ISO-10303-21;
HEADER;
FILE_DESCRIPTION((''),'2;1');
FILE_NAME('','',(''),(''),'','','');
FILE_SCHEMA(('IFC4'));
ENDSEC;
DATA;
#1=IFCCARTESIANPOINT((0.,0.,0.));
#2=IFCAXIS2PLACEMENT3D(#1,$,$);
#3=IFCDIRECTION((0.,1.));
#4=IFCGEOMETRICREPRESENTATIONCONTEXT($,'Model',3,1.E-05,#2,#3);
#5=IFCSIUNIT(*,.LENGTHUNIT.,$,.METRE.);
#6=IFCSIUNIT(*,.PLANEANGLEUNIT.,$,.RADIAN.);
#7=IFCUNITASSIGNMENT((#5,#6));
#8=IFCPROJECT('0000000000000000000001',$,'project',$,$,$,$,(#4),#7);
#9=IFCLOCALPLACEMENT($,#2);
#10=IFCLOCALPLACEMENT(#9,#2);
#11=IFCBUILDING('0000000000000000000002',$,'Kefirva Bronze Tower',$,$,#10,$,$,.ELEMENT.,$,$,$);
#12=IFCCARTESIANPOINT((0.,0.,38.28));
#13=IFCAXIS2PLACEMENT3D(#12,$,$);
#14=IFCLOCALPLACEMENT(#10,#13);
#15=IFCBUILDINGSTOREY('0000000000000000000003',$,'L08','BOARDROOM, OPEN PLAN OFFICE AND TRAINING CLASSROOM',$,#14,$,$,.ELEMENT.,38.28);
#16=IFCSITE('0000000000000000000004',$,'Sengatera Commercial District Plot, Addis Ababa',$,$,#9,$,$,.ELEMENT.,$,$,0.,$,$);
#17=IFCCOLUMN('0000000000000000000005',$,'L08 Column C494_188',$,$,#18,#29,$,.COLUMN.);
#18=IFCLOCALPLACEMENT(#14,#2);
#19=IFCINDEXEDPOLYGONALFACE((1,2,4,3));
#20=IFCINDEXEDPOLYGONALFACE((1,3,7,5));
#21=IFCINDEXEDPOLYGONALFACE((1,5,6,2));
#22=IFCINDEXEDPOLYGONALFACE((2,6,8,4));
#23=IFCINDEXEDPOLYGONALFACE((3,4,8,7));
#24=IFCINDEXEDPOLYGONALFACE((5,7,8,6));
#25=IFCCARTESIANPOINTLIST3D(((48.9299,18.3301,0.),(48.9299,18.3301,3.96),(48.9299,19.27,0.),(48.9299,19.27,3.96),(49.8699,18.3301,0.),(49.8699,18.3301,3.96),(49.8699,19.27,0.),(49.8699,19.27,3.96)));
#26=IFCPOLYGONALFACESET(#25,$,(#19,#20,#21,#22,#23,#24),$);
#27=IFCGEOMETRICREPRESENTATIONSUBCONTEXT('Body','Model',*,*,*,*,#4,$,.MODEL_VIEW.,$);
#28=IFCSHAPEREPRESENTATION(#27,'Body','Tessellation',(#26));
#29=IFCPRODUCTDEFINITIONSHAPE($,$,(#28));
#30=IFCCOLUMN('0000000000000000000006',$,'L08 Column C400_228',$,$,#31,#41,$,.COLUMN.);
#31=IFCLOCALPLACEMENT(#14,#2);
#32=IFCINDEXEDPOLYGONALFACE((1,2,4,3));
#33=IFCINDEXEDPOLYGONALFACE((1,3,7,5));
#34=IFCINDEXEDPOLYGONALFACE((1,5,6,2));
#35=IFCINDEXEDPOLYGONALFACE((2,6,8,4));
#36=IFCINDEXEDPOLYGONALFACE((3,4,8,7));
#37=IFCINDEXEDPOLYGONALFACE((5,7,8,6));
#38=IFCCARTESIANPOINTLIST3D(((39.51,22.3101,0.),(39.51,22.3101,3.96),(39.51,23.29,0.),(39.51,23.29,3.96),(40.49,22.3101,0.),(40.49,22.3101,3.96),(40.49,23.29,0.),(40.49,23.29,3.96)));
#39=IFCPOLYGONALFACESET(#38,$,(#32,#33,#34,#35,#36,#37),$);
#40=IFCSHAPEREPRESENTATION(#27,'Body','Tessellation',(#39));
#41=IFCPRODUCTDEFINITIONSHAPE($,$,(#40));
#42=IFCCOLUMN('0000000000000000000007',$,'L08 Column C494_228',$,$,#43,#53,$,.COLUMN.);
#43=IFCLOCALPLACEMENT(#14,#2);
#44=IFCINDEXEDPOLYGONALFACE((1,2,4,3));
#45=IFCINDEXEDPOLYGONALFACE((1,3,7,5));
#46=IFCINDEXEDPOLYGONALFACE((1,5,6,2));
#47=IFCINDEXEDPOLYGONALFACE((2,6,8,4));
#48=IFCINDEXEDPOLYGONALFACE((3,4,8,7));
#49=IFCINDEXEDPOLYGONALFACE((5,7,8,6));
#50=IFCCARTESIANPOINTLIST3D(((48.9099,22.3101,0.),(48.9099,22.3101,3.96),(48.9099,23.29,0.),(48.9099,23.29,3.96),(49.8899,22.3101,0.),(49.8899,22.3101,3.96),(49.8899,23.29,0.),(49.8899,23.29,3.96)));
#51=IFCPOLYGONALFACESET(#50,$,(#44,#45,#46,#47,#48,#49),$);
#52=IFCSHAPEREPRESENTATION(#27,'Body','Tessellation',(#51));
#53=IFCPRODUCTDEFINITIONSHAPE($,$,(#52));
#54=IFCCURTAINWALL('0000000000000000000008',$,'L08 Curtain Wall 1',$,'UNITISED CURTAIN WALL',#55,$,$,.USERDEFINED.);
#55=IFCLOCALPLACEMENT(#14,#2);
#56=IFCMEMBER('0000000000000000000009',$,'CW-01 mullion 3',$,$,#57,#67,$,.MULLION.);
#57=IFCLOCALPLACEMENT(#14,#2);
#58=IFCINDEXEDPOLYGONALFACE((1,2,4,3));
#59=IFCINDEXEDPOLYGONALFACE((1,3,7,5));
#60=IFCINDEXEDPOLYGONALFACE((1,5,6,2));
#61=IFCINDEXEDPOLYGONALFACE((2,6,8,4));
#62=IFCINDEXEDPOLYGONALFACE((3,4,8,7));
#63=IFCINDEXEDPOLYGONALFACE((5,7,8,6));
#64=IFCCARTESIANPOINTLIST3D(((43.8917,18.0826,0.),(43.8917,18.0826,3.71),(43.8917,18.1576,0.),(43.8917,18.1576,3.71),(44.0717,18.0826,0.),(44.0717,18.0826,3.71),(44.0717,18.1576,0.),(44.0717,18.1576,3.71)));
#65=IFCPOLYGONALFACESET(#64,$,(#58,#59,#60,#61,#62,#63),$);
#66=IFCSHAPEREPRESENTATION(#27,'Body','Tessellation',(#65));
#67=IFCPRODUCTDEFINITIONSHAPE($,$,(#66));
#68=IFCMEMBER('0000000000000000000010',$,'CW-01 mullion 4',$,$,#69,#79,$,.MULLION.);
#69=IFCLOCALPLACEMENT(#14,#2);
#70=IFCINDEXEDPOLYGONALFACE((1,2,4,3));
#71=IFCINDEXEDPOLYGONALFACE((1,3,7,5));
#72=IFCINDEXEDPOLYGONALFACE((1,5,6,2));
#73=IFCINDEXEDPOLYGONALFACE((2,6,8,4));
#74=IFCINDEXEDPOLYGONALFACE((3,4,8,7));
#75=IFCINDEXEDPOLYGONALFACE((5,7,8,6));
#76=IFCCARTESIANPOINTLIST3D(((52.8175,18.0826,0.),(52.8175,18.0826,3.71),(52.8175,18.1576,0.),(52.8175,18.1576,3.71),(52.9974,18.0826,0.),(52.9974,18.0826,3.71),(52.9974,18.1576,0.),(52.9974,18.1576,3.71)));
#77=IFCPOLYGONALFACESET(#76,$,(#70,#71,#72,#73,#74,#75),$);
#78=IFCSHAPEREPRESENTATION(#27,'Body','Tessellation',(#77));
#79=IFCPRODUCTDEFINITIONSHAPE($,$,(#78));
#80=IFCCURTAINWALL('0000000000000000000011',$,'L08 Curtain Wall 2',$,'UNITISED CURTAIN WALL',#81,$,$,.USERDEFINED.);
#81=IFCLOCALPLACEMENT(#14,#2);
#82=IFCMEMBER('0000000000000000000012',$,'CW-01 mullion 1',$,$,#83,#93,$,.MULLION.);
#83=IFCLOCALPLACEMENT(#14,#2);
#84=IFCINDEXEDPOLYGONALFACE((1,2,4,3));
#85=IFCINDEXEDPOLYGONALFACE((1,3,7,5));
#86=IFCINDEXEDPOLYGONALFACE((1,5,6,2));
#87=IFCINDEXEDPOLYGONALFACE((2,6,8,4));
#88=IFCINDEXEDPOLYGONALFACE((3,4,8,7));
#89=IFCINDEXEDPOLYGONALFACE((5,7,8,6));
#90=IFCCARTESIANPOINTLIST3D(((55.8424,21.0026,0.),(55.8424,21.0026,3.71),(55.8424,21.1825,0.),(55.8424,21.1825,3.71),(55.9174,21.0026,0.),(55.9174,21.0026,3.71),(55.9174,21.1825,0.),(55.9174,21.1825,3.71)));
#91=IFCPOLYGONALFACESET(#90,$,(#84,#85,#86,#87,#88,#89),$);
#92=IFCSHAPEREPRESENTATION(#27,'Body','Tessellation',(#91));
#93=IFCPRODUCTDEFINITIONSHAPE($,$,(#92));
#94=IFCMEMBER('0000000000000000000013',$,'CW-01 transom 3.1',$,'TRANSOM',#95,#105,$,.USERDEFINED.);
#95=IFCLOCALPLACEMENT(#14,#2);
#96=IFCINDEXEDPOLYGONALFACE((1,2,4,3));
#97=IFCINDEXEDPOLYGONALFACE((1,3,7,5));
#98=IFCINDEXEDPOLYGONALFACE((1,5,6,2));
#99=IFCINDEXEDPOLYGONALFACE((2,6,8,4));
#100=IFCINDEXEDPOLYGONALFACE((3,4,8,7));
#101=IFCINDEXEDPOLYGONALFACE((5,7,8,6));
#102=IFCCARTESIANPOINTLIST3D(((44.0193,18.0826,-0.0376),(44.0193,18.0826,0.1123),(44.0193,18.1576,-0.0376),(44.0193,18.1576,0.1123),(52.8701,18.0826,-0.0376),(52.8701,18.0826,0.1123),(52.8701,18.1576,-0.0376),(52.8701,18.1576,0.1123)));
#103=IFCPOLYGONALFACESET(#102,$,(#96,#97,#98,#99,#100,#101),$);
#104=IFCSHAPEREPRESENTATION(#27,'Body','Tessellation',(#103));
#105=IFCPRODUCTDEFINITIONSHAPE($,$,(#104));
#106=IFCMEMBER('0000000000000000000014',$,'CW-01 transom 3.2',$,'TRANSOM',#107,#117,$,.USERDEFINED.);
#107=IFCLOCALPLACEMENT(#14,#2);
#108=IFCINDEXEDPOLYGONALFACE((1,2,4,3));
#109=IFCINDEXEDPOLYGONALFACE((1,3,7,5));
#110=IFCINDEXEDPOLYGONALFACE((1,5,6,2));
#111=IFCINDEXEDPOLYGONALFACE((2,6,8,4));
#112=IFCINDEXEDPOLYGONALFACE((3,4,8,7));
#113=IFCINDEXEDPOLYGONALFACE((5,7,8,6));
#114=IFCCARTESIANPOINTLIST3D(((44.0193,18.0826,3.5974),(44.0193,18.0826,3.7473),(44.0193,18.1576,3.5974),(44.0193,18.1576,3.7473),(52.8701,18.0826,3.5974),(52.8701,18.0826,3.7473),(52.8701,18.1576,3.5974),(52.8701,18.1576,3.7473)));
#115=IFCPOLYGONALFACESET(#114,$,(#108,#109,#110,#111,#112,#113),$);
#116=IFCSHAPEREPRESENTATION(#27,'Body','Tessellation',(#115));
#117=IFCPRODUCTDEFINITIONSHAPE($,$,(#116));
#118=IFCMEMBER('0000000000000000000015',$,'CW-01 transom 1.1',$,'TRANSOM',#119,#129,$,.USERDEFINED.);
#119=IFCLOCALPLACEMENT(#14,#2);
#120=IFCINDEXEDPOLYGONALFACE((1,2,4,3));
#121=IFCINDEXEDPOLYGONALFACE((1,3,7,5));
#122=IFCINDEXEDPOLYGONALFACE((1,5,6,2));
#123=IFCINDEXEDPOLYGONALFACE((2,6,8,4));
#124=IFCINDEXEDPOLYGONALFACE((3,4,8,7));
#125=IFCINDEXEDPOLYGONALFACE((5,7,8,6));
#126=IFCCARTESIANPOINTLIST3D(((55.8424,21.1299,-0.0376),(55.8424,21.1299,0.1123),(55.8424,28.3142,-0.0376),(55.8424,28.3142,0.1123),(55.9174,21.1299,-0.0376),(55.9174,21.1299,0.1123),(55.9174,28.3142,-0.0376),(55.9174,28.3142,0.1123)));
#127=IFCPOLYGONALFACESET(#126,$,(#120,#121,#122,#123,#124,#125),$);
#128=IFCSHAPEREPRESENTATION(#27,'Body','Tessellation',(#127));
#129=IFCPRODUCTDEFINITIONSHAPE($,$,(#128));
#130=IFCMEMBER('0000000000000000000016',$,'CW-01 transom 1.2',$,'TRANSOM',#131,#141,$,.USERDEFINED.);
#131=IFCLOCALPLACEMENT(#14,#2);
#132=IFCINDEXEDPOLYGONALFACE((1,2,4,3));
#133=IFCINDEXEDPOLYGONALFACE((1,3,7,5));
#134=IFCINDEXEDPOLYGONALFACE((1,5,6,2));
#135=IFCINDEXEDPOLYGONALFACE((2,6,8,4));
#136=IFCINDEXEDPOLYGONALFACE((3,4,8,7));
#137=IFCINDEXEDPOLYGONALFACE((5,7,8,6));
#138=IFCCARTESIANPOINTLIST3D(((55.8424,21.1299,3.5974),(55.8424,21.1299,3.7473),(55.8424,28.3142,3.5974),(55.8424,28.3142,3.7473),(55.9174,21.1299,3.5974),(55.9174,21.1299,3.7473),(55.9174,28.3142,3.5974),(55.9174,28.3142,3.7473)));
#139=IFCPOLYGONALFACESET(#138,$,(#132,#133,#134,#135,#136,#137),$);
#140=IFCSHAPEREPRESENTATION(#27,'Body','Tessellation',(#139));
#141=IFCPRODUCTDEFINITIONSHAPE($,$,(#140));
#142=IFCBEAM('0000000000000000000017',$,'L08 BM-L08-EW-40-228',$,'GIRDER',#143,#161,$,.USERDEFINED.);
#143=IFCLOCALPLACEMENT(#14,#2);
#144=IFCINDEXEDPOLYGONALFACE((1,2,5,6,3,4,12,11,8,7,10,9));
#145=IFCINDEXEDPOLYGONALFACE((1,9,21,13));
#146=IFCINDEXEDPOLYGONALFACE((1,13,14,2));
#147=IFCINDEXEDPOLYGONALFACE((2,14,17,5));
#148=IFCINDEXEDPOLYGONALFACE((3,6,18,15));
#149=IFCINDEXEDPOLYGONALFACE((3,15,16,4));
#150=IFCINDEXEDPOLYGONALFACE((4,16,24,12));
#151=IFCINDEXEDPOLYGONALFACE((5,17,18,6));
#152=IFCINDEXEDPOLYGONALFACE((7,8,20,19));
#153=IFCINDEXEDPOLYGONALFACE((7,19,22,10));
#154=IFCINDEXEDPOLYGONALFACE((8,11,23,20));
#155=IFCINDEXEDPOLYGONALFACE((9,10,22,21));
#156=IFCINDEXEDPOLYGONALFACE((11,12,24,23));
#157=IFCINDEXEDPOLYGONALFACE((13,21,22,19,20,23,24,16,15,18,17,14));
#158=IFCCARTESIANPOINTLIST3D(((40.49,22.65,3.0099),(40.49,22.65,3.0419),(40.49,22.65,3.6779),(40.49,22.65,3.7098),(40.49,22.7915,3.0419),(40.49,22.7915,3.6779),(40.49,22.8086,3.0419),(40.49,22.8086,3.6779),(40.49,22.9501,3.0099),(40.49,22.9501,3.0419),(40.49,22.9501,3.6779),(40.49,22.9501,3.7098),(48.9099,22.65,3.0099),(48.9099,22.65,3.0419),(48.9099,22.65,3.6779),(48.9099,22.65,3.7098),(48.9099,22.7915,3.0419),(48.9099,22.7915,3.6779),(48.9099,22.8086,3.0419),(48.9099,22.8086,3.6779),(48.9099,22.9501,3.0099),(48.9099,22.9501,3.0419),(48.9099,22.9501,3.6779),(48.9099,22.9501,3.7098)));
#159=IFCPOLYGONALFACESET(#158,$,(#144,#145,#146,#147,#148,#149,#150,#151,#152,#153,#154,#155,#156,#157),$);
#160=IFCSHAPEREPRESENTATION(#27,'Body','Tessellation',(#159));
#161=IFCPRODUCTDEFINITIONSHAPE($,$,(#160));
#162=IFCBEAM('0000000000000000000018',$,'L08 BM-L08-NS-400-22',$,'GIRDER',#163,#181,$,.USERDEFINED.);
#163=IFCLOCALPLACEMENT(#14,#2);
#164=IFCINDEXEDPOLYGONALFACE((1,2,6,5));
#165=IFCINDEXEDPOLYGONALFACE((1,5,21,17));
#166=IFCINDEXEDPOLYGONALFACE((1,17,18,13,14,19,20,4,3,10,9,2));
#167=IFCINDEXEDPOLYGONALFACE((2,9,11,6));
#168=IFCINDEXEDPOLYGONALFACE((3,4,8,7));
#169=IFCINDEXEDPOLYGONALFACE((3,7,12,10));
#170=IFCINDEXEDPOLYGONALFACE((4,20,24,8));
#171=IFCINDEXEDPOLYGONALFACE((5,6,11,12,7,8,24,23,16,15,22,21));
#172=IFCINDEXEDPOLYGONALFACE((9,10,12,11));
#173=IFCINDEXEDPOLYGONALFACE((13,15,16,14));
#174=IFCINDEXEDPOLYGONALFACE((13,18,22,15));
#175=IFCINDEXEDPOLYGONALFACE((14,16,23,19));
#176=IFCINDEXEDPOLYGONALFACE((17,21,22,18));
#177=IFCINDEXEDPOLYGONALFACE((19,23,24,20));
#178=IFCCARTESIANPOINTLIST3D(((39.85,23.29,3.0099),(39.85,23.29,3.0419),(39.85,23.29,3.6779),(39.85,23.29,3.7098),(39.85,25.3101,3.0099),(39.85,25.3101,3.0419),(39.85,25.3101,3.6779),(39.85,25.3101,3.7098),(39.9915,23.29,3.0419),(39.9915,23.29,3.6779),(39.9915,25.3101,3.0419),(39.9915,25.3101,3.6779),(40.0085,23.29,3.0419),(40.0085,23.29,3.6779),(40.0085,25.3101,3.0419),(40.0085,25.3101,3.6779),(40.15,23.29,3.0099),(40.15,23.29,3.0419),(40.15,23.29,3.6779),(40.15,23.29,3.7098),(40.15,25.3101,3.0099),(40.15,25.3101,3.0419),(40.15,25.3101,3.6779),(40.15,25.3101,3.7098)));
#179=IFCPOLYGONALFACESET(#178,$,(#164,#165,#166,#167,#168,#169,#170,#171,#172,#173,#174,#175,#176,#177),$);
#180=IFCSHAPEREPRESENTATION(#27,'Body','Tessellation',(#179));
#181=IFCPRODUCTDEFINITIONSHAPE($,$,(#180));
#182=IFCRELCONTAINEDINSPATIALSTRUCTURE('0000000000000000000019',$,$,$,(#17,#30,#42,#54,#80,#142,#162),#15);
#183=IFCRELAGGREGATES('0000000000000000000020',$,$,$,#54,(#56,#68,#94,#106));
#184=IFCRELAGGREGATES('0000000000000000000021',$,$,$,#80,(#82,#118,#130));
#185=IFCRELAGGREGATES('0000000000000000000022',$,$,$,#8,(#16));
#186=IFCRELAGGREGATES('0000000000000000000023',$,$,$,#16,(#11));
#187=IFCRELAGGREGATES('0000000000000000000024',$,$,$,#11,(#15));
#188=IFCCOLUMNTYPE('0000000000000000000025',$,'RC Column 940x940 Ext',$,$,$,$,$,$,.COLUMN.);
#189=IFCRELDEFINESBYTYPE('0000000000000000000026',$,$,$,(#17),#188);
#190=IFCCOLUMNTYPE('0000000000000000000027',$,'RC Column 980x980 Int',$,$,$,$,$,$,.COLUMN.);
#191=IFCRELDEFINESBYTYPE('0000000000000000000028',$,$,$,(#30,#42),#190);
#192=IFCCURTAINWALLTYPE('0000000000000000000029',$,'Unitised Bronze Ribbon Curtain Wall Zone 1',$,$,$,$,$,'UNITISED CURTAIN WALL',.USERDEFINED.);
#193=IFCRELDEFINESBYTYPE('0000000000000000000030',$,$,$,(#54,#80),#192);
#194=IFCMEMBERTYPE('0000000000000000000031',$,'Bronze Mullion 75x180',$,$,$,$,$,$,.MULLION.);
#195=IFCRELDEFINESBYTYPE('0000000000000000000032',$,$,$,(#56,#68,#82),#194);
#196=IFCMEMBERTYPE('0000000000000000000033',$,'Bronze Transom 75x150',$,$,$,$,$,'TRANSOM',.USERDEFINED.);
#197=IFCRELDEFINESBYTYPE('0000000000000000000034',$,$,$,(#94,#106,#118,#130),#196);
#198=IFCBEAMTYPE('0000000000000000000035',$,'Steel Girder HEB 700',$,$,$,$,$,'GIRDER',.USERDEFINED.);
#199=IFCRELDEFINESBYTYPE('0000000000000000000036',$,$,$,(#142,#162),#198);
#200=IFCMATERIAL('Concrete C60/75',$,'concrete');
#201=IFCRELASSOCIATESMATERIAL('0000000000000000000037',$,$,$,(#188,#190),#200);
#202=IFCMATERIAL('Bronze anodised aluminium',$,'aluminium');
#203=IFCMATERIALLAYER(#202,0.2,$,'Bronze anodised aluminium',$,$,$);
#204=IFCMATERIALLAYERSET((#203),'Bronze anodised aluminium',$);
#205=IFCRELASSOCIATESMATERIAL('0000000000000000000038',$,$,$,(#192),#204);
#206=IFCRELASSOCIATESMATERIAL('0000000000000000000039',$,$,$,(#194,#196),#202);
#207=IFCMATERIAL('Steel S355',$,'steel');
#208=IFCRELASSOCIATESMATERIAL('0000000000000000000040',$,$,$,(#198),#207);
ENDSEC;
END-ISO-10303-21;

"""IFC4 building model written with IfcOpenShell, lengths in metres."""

from ifc_helpers import new_model, si_unit, direction, frame, origin, origin_2d, place, context, subcontext, project, spatial, rectangle, i_section, extrude, material, layer, layer_set, material_profile, profile_set, type_object, element, aggregate, save


model = new_model("IFC4")

# Units and contexts
model_context = context("Model", 3, precision=1e-05, world=origin(), true_north=direction((0.0, 1.0)))
body_context = subcontext(model_context, "Body", "Model", "MODEL_VIEW")
ifc_project = project(units=[si_unit("LENGTHUNIT", "METRE"), si_unit("PLANEANGLEUNIT", "RADIAN")], contexts=[model_context])

# Site, building, storey
site_placement = place(None, origin())
site = spatial("IfcSite", under=ifc_project, at=site_placement, Name="Sengatera Commercial District Plot, Addis Ababa", CompositionType="ELEMENT", RefElevation=0.0)
building_placement = place(site_placement, origin())
building = spatial("IfcBuilding", under=site, at=building_placement, Name="Kefirva Bronze Tower", CompositionType="ELEMENT")
storey_placement = place(building_placement, frame((0.0, 0.0, 38.28)))
storey = spatial("IfcBuildingStorey", under=building, at=storey_placement, Name="L08", Description="BOARDROOM, OPEN PLAN OFFICE AND TRAINING CLASSROOM", CompositionType="ELEMENT", Elevation=38.28)

# Columns
ifc_material_1 = material(Name="Concrete C60/75", Category="concrete")
ifc_material_profile_1 = material_profile(ifc_material_1, rectangle(XDim=0.9399, YDim=0.9399, at=origin_2d()), Name="RC 940x940")
ifc_profile_set_1 = profile_set([ifc_material_profile_1], Name="Concrete C60/75")
column_type_1 = type_object("IfcColumnType", Name="RC Column 940x940 Ext", PredefinedType="COLUMN", material=ifc_profile_set_1)
column_placement = place(storey_placement, frame((49.3999, 18.8, 0.0), z_axis=(0.0, 0.0, 1.0), x_axis=(1.0, 0.0, 0.0)))
element("IfcColumn", 1, at=column_placement, inside=storey, type_object=column_type_1, Name="L08 Column C494_188", PredefinedType="COLUMN", context=body_context, shape_type="SweptSolid", body=[
    extrude(rectangle(XDim=0.9399, YDim=0.9399, at=origin_2d()), origin(), (0.0, 0.0, 1.0), 3.96),
])
ifc_material_profile_2 = material_profile(ifc_material_1, rectangle(XDim=0.98, YDim=0.98, at=origin_2d()), Name="RC 980x980")
ifc_profile_set_2 = profile_set([ifc_material_profile_2], Name="Concrete C60/75")
column_type_2 = type_object("IfcColumnType", Name="RC Column 980x980 Int", PredefinedType="COLUMN", material=ifc_profile_set_2)
for number, where, z_axis, x_axis, name in (
    (2, (40.0, 22.8, 0.0), (0.0, 0.0, 1.0), (1.0, 0.0, 0.0), "L08 Column C400_228"),
    (3, (49.3999, 22.8, 0.0), (0.0, 0.0, 1.0), (1.0, 0.0, 0.0), "L08 Column C494_228"),
):
    element("IfcColumn", number, at=place(storey_placement, frame(where, z_axis=z_axis, x_axis=x_axis)), inside=storey, type_object=column_type_2, Name=name, PredefinedType="COLUMN", context=body_context, shape_type="SweptSolid", body=[
        extrude(rectangle(XDim=0.98, YDim=0.98, at=origin_2d()), origin(), (0.0, 0.0, 1.0), 3.96),
    ])

# Curtain wall, members
ifc_material_2 = material(Name="Bronze anodised aluminium", Category="aluminium")
ifc_layer_1 = layer(ifc_material_2, 0.2, Name="Bronze anodised aluminium")
ifc_layer_set_1 = layer_set([ifc_layer_1], Name="Bronze anodised aluminium")
curtain_wall_type = type_object("IfcCurtainWallType", Name="Unitised Bronze Ribbon Curtain Wall Zone 1", ElementType="UNITISED CURTAIN WALL", PredefinedType="USERDEFINED", material=ifc_layer_set_1)
curtain_wall_1_placement = place(storey_placement, origin())
curtain_wall_1 = element("IfcCurtainWall", 4, at=curtain_wall_1_placement, inside=storey, type_object=curtain_wall_type, Name="L08 Curtain Wall 1", ObjectType="UNITISED CURTAIN WALL", PredefinedType="USERDEFINED")
ifc_material_profile_3 = material_profile(ifc_material_2, rectangle(XDim=0.075, YDim=0.1799, at=origin_2d()), Name="ALU 75x180")
ifc_profile_set_3 = profile_set([ifc_material_profile_3], Name="Bronze anodised aluminium")
member_type_1 = type_object("IfcMemberType", Name="Bronze Mullion 75x180", PredefinedType="MULLION", material=ifc_profile_set_3)
member_1_placement = place(storey_placement, frame((43.9817, 18.1201, 0.0), z_axis=(0.0, 0.0, 1.0), x_axis=(0.0, 1.0, 0.0)))
member_1 = element("IfcMember", 5, at=member_1_placement, type_object=member_type_1, Name="CW-01 mullion 3", PredefinedType="MULLION", context=body_context, shape_type="SweptSolid", body=[
    extrude(rectangle(XDim=0.075, YDim=0.1799, at=origin_2d()), origin(), (0.0, 0.0, 1.0), 3.71),
])
member_2_placement = place(storey_placement, frame((52.9075, 18.1201, 0.0), z_axis=(0.0, 0.0, 1.0), x_axis=(0.0, 1.0, 0.0)))
member_2 = element("IfcMember", 6, at=member_2_placement, type_object=member_type_1, Name="CW-01 mullion 4", PredefinedType="MULLION", context=body_context, shape_type="SweptSolid", body=[
    extrude(rectangle(XDim=0.075, YDim=0.1799, at=origin_2d()), origin(), (0.0, 0.0, 1.0), 3.71),
])

# Curtain wall, member
curtain_wall_2_placement = place(storey_placement, origin())
curtain_wall_2 = element("IfcCurtainWall", 7, at=curtain_wall_2_placement, inside=storey, type_object=curtain_wall_type, Name="L08 Curtain Wall 2", ObjectType="UNITISED CURTAIN WALL", PredefinedType="USERDEFINED")
member_3_placement = place(storey_placement, frame((55.8799, 21.0925, 0.0), z_axis=(0.0, 0.0, 1.0), x_axis=(-1.0, 0.0, 0.0)))
member_3 = element("IfcMember", 8, at=member_3_placement, type_object=member_type_1, Name="CW-01 mullion 1", PredefinedType="MULLION", context=body_context, shape_type="SweptSolid", body=[
    extrude(rectangle(XDim=0.075, YDim=0.1799, at=origin_2d()), origin(), (0.0, 0.0, 1.0), 3.71),
])

# Members
ifc_material_profile_4 = material_profile(ifc_material_2, rectangle(XDim=0.075, YDim=0.1499, at=origin_2d()), Name="ALU 75x150")
ifc_profile_set_4 = profile_set([ifc_material_profile_4], Name="Bronze anodised aluminium")
member_type_2 = type_object("IfcMemberType", Name="Bronze Transom 75x150", ElementType="TRANSOM", PredefinedType="USERDEFINED", material=ifc_profile_set_4)
member_4_placement = place(storey_placement, frame((44.0193, 18.1201, 0.0374), z_axis=(1.0, 0.0, 0.0), x_axis=(0.0, 1.0, 0.0)))
member_4 = element("IfcMember", 9, at=member_4_placement, type_object=member_type_2, Name="CW-01 transom 3.1", ObjectType="TRANSOM", PredefinedType="USERDEFINED", context=body_context, shape_type="SweptSolid", body=[
    extrude(rectangle(XDim=0.075, YDim=0.1499, at=origin_2d()), origin(), (0.0, 0.0, 1.0), 8.8508),
])
member_5_placement = place(storey_placement, frame((44.0193, 18.1201, 3.6724), z_axis=(1.0, 0.0, 0.0), x_axis=(0.0, 1.0, 0.0)))
member_5 = element("IfcMember", 10, at=member_5_placement, type_object=member_type_2, Name="CW-01 transom 3.2", ObjectType="TRANSOM", PredefinedType="USERDEFINED", context=body_context, shape_type="SweptSolid", body=[
    extrude(rectangle(XDim=0.075, YDim=0.1499, at=origin_2d()), origin(), (0.0, 0.0, 1.0), 8.8508),
])
member_6_placement = place(storey_placement, frame((55.8799, 21.1299, 0.0374), z_axis=(0.0, 1.0, 0.0), x_axis=(-1.0, 0.0, 0.0)))
member_6 = element("IfcMember", 11, at=member_6_placement, type_object=member_type_2, Name="CW-01 transom 1.1", ObjectType="TRANSOM", PredefinedType="USERDEFINED", context=body_context, shape_type="SweptSolid", body=[
    extrude(rectangle(XDim=0.075, YDim=0.1499, at=origin_2d()), origin(), (0.0, 0.0, 1.0), 7.1843),
])
member_7_placement = place(storey_placement, frame((55.8799, 21.1299, 3.6724), z_axis=(0.0, 1.0, 0.0), x_axis=(-1.0, 0.0, 0.0)))
member_7 = element("IfcMember", 12, at=member_7_placement, type_object=member_type_2, Name="CW-01 transom 1.2", ObjectType="TRANSOM", PredefinedType="USERDEFINED", context=body_context, shape_type="SweptSolid", body=[
    extrude(rectangle(XDim=0.075, YDim=0.1499, at=origin_2d()), origin(), (0.0, 0.0, 1.0), 7.1843),
])

# Beams
ifc_material_3 = material(Name="Steel S355", Category="steel")
ifc_material_profile_5 = material_profile(ifc_material_3, i_section(OverallWidth=0.3, OverallDepth=0.7, WebThickness=0.0171, FlangeThickness=0.032, at=origin_2d()), Name="HEB 700")
ifc_profile_set_5 = profile_set([ifc_material_profile_5], Name="Steel S355")
beam_type_1 = type_object("IfcBeamType", Name="Steel Girder HEB 700", ElementType="GIRDER", PredefinedType="USERDEFINED", material=ifc_profile_set_5)
beam_1_placement = place(storey_placement, frame((40.49, 22.8, 3.3599), z_axis=(1.0, 0.0, 0.0), x_axis=(0.0, 1.0, 0.0)))
element("IfcBeam", 13, at=beam_1_placement, inside=storey, type_object=beam_type_1, Name="L08 BM-L08-EW-40-228", ObjectType="GIRDER", PredefinedType="USERDEFINED", context=body_context, shape_type="SweptSolid", body=[
    extrude(i_section(OverallWidth=0.3, OverallDepth=0.7, WebThickness=0.0171, FlangeThickness=0.032, at=origin_2d()), origin(), (0.0, 0.0, 1.0), 8.4199),
])
beam_2_placement = place(storey_placement, frame((40.0, 23.29, 3.3599), z_axis=(0.0, 1.0, 0.0), x_axis=(-1.0, 0.0, 0.0)))
element("IfcBeam", 14, at=beam_2_placement, inside=storey, type_object=beam_type_1, Name="L08 BM-L08-NS-400-22", ObjectType="GIRDER", PredefinedType="USERDEFINED", context=body_context, shape_type="SweptSolid", body=[
    extrude(i_section(OverallWidth=0.3, OverallDepth=0.7, WebThickness=0.0171, FlangeThickness=0.032, at=origin_2d()), origin(), (0.0, 0.0, 1.0), 2.02),
])

aggregate(curtain_wall_1, [member_1, member_2, member_4, member_5])
aggregate(curtain_wall_2, [member_3, member_6, member_7])

save(model, "model.ifc")
